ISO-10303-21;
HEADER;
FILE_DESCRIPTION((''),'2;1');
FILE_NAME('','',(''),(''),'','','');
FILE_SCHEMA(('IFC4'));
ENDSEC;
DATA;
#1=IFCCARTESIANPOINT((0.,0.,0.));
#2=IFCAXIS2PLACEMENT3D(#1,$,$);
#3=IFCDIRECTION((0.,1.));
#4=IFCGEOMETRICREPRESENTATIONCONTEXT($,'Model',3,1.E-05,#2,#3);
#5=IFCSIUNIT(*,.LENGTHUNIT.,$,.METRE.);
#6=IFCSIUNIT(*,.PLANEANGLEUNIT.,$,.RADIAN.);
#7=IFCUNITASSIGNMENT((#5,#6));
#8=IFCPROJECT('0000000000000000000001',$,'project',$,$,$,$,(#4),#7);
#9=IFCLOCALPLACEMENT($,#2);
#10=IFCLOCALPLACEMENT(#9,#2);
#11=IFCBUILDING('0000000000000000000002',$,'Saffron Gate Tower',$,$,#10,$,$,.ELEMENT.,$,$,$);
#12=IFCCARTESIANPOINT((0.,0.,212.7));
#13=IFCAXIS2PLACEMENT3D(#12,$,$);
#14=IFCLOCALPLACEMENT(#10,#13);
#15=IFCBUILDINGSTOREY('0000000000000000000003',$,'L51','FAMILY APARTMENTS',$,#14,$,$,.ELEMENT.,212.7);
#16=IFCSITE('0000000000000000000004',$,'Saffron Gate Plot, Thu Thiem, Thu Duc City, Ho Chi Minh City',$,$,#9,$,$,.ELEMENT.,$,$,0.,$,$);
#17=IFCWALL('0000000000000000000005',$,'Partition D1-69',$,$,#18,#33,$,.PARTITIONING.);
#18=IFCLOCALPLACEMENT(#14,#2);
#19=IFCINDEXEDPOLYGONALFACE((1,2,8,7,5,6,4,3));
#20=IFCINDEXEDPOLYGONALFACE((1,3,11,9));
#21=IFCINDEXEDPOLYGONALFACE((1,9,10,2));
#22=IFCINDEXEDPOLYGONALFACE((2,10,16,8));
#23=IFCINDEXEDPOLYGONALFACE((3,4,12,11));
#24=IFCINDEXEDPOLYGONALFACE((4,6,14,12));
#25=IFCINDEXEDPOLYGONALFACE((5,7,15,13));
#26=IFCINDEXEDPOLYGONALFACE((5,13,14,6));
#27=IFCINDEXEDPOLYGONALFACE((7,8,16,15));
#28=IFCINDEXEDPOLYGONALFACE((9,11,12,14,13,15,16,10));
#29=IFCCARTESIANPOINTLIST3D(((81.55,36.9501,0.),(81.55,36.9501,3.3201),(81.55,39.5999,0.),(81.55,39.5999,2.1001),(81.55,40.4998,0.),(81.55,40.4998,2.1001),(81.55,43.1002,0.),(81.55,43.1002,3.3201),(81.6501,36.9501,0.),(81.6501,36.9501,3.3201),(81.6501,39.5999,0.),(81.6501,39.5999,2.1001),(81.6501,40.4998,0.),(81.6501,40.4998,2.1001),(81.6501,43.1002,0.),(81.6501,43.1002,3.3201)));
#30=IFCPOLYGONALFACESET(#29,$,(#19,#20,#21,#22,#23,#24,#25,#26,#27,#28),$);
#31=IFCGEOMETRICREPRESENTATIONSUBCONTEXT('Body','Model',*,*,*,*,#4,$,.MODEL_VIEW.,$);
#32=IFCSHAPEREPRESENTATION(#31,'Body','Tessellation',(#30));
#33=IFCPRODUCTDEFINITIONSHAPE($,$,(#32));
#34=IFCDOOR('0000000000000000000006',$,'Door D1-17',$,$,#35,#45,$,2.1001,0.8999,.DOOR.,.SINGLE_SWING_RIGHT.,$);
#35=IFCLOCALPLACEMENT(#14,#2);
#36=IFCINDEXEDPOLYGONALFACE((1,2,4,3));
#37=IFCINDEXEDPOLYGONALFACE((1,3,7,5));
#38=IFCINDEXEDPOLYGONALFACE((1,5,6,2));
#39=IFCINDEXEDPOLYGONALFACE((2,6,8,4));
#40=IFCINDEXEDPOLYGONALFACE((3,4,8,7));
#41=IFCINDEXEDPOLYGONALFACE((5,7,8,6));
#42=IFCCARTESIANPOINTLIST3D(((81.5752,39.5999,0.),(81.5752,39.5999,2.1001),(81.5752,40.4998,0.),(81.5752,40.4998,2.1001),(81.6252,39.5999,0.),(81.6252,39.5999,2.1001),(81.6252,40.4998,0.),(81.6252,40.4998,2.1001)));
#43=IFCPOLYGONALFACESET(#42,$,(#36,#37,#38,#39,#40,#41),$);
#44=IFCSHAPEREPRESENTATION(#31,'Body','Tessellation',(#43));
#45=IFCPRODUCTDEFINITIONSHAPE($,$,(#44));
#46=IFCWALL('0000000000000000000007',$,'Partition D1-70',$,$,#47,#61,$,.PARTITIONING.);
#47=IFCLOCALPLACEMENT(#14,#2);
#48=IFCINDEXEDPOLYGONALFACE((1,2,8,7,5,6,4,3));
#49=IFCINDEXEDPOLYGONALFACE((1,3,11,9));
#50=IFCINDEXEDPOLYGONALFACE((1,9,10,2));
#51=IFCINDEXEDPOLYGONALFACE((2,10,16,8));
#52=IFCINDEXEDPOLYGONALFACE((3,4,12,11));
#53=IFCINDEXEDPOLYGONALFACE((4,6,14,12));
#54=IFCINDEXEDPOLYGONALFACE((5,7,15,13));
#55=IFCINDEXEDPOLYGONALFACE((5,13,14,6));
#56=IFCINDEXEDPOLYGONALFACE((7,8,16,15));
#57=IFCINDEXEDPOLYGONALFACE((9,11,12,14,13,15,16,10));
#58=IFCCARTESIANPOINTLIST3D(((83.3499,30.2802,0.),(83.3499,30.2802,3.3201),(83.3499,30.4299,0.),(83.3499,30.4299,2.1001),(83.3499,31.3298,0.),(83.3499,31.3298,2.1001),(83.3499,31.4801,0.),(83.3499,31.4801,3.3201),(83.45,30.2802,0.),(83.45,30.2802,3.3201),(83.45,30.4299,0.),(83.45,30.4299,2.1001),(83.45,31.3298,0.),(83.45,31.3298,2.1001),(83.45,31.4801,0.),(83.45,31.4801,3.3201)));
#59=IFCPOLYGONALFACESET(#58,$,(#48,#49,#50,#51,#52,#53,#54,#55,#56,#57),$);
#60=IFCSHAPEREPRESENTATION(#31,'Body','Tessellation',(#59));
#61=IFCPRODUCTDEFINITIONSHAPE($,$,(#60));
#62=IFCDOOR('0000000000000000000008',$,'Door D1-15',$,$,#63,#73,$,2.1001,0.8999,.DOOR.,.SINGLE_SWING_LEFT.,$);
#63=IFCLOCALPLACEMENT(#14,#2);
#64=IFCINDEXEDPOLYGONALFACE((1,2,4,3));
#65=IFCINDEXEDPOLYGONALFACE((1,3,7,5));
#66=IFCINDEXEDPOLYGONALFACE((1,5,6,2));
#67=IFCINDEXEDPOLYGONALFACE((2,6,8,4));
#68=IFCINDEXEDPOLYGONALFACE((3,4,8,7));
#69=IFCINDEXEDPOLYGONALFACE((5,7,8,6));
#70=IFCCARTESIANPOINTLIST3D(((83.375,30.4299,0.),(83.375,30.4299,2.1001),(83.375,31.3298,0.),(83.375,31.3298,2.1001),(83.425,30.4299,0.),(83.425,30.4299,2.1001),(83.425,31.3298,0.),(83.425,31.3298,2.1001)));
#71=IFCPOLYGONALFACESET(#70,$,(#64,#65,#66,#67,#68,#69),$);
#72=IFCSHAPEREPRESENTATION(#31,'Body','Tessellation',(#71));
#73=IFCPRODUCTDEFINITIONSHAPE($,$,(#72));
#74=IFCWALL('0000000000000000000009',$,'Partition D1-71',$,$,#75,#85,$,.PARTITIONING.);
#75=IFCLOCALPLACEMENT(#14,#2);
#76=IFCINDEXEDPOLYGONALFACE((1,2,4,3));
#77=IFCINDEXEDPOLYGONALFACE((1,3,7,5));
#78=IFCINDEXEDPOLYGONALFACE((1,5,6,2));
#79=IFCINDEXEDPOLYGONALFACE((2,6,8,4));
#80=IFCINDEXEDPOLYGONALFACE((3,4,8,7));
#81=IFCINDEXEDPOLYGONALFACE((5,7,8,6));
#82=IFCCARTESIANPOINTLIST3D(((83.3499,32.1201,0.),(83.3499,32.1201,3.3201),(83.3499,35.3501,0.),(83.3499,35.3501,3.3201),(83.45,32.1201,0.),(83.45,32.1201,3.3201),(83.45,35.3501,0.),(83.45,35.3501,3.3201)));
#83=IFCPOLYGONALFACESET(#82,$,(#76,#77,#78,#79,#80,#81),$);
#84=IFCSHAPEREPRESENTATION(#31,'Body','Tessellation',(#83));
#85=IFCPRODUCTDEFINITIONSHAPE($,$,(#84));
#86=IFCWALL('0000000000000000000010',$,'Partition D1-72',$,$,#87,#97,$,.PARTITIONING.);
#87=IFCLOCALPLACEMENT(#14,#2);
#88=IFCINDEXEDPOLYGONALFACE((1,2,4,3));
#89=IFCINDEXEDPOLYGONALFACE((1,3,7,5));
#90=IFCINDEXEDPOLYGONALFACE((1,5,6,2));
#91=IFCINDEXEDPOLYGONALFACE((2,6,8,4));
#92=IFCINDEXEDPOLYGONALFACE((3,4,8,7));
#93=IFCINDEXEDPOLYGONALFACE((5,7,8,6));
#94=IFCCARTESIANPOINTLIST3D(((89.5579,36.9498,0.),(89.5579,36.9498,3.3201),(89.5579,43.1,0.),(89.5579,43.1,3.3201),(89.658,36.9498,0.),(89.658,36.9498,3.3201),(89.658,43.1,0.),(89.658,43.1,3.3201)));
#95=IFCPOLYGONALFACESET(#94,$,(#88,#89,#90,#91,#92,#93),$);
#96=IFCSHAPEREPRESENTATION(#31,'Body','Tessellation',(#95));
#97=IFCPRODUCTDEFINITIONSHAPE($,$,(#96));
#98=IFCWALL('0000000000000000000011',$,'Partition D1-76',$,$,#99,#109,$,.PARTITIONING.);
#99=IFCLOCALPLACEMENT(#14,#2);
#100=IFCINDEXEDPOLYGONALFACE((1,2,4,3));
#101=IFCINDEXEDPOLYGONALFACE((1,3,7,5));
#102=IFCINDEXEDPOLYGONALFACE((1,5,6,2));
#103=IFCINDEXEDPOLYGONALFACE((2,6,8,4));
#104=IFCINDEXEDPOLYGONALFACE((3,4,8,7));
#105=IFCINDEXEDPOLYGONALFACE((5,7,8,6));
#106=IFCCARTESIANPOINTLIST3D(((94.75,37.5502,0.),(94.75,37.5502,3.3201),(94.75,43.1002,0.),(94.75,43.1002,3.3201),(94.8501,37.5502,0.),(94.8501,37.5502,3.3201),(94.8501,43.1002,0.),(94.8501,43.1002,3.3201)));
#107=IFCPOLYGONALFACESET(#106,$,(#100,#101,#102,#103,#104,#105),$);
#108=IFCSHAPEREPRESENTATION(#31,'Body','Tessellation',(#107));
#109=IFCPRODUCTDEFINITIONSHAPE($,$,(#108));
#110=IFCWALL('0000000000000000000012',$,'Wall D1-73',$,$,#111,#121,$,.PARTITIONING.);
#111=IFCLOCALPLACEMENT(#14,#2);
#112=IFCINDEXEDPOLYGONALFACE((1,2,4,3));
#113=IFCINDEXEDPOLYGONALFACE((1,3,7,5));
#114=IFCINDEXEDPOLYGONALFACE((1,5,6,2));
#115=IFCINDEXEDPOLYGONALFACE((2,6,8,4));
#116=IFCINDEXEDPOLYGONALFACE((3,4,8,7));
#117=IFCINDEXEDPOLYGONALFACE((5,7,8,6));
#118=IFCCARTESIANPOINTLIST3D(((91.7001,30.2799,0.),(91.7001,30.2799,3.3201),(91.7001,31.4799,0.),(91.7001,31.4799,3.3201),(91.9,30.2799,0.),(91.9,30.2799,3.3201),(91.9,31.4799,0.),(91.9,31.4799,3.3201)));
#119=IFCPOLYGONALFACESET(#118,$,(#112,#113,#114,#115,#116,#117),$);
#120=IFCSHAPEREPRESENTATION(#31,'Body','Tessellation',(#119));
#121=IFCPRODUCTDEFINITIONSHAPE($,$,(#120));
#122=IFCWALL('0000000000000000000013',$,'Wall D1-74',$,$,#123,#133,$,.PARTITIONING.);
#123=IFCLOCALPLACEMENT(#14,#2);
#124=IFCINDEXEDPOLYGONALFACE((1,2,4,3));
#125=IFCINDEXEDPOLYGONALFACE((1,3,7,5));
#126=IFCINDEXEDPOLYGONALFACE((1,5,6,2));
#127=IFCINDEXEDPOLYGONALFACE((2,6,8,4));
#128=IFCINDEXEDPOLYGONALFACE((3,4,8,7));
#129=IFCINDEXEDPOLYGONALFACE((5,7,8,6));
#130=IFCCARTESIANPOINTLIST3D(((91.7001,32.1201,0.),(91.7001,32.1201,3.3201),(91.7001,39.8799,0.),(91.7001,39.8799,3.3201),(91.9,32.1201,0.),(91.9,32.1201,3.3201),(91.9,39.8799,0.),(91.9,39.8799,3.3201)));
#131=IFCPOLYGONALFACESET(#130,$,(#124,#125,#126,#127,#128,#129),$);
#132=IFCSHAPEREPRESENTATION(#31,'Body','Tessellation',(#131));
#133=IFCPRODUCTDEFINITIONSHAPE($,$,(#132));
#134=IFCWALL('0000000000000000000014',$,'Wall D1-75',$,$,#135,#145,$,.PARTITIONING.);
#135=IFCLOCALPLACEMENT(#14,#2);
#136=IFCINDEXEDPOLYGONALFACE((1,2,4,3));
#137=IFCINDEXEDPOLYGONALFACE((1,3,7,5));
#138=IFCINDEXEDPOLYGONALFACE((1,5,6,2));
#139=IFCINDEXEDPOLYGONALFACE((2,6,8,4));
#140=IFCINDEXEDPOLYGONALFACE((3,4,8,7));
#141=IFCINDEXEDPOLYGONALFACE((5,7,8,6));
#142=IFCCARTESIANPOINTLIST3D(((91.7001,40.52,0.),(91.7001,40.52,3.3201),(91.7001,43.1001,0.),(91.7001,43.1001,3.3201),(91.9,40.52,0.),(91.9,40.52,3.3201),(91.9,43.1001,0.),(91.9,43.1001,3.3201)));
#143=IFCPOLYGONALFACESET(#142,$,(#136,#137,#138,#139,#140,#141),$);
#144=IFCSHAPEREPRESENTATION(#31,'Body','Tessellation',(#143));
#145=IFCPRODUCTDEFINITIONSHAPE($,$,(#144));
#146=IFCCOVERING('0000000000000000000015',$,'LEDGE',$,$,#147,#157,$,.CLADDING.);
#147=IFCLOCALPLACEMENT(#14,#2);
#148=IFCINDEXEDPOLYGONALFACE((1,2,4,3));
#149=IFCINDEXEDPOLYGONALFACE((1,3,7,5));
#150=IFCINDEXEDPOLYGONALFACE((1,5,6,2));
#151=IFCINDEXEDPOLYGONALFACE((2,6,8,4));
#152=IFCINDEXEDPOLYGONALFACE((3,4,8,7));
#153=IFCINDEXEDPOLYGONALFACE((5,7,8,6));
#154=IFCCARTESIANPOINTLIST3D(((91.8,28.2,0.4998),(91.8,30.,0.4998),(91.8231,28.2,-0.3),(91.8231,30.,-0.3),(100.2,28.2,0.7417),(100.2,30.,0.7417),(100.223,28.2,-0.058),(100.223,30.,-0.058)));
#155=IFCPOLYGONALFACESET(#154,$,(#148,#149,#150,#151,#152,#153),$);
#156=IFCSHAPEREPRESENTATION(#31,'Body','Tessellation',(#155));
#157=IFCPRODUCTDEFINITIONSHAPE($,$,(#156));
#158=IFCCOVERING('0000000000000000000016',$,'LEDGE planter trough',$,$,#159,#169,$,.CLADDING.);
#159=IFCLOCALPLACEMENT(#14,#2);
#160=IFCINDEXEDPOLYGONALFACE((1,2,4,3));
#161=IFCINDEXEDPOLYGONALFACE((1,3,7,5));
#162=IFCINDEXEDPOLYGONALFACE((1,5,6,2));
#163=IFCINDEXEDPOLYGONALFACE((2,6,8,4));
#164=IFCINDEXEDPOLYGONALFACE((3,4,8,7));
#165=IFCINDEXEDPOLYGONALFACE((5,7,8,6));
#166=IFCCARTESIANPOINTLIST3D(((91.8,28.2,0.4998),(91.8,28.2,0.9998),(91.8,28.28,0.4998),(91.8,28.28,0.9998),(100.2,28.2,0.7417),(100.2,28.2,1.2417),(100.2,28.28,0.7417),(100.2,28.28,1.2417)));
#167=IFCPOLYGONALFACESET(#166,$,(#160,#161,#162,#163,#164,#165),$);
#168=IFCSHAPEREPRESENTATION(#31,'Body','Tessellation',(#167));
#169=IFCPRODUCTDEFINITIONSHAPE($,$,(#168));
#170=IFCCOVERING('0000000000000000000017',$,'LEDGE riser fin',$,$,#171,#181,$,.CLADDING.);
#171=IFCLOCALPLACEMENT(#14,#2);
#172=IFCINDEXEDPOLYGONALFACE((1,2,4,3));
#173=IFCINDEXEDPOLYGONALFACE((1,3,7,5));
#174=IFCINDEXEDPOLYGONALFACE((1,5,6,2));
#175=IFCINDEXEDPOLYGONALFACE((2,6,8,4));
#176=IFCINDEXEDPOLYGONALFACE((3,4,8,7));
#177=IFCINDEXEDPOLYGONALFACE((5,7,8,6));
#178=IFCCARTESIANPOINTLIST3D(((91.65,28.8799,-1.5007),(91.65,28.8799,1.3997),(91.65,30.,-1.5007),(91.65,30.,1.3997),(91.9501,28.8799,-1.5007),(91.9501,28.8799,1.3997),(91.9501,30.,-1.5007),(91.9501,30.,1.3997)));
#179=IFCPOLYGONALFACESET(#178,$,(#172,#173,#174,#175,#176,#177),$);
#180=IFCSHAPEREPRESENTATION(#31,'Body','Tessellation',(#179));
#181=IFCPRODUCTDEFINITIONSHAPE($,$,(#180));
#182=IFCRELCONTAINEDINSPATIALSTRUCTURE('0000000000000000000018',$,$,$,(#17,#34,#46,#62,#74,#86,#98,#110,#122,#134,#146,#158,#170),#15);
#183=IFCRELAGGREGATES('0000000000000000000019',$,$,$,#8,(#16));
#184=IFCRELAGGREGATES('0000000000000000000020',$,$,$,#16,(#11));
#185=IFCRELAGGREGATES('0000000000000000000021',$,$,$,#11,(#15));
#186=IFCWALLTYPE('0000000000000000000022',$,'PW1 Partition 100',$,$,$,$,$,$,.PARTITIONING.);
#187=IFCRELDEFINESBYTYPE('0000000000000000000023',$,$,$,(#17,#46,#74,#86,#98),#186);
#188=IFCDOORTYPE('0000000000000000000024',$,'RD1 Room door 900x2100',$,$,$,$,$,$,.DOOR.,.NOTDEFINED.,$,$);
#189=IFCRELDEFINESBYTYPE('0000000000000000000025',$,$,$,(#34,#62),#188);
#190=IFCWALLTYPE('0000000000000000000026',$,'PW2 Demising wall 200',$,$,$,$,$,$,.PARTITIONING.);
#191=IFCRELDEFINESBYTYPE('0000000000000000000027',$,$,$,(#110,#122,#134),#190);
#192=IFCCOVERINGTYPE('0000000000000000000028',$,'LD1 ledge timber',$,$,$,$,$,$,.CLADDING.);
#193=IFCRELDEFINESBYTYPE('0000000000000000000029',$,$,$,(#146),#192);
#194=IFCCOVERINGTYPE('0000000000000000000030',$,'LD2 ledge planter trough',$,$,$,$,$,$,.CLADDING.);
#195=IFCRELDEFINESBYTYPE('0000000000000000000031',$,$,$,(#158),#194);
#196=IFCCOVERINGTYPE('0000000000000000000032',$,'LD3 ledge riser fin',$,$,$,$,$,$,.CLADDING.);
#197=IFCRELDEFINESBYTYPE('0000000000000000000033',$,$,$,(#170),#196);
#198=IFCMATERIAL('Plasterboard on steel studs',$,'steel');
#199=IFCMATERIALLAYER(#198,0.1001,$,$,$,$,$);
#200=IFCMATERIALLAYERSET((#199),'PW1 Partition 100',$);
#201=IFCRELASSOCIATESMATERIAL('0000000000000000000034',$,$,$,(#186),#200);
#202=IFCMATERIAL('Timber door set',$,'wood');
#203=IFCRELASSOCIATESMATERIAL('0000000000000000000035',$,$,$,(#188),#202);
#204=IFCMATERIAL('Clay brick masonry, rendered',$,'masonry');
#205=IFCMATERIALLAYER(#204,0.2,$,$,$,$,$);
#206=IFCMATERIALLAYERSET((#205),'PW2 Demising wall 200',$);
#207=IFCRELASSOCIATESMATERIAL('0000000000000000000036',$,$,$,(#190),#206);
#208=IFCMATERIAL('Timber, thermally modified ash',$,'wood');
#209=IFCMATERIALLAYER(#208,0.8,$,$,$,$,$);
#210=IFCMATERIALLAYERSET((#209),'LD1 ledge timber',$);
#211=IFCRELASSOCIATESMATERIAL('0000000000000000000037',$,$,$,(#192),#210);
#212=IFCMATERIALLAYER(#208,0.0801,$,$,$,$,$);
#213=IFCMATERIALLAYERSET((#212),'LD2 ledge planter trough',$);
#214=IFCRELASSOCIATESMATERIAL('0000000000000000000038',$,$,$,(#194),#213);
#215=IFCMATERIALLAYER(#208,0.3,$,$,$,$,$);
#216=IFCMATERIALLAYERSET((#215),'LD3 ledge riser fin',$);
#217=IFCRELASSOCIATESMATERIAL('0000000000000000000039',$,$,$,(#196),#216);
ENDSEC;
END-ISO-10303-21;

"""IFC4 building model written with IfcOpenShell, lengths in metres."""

from ifc_helpers import new_model, si_unit, direction, frame, frame_2d, origin, origin_2d, place, context, subcontext, project, spatial, polyline, rectangle, outline, extrude, material, layer, layer_set, type_object, element, fill, save


model = new_model("IFC4")

# Units and contexts
model_context = context("Model", 3, precision=1e-05, world=origin(), true_north=direction((0.0, 1.0)))
body_context = subcontext(model_context, "Body", "Model", "MODEL_VIEW")
ifc_project = project(units=[si_unit("LENGTHUNIT", "METRE"), si_unit("PLANEANGLEUNIT", "RADIAN")], contexts=[model_context])

# Site, building, storey
site_placement = place(None, origin())
site = spatial("IfcSite", under=ifc_project, at=site_placement, Name="Saffron Gate Plot, Thu Thiem, Thu Duc City, Ho Chi Minh City", CompositionType="ELEMENT", RefElevation=0.0)
building_placement = place(site_placement, origin())
building = spatial("IfcBuilding", under=site, at=building_placement, Name="Saffron Gate Tower", CompositionType="ELEMENT")
storey_placement = place(building_placement, frame((0.0, 0.0, 212.7)))
storey = spatial("IfcBuildingStorey", under=building, at=storey_placement, Name="L51", Description="FAMILY APARTMENTS", CompositionType="ELEMENT", Elevation=212.7)

# Shared definitions
ifc_material_1 = material(Name="Plasterboard on steel studs", Category="steel")
ifc_layer_1 = layer(ifc_material_1, 0.1001)
ifc_layer_set_1 = layer_set([ifc_layer_1], Name="PW1 Partition 100")
wall_type_1 = type_object("IfcWallType", Name="PW1 Partition 100", PredefinedType="PARTITIONING", material=ifc_layer_set_1)
ifc_material_2 = material(Name="Timber door set", Category="wood")
door_type_1 = type_object("IfcDoorType", Name="RD1 Room door 900x2100", OperationType="NOTDEFINED", PredefinedType="DOOR", material=ifc_material_2)

# Walls, openings, doors
wall_1_placement = place(storey_placement, frame((81.6001, 36.95, 0.0), z_axis=(0.0, 0.0, 1.0), x_axis=(0.0, 1.0, 0.0)))
wall_1 = element("IfcWall", 1, at=wall_1_placement, inside=storey, type_object=wall_type_1, Name="Partition D1-69", PredefinedType="PARTITIONING", context=body_context, shape_type="SweptSolid", body=[
    extrude(rectangle(XDim=6.1501, YDim=0.1001, at=frame_2d((3.0752, 0.0))), origin(), (0.0, 0.0, 1.0), 3.3201),
])
opening_1_placement = place(wall_1_placement, frame((2.6499, 0.0, 0.0)))
opening_1 = element("IfcOpeningElement", 2, at=opening_1_placement, cuts=wall_1, PredefinedType="OPENING", context=body_context, shape_type="SweptSolid", body=[
    extrude(rectangle(XDim=0.8999, YDim=2.1001, at=frame_2d((0.45, 1.05))), frame((0.0, 0.0601, 0.0), z_axis=(0.0, -1.0, 0.0), x_axis=(1.0, 0.0, 0.0)), (0.0, 0.0, 1.0), 0.1201),
])
door_1_placement = place(opening_1_placement, origin())
door_1 = element("IfcDoor", 3, at=door_1_placement, inside=storey, type_object=door_type_1, Name="Door D1-17", OperationType="SINGLE_SWING_RIGHT", OverallHeight=2.1001, OverallWidth=0.8999, PredefinedType="DOOR", context=body_context, shape_type="SweptSolid", body=[
    extrude(rectangle(XDim=0.8999, YDim=2.1001, at=frame_2d((0.45, 1.05))), frame((0.0, 0.0249, 0.0), z_axis=(0.0, -1.0, 0.0), x_axis=(1.0, 0.0, 0.0)), (0.0, 0.0, 1.0), 0.05),
])
fill(opening_1, door_1)
wall_2_placement = place(storey_placement, frame((83.3999, 30.28, 0.0), z_axis=(0.0, 0.0, 1.0), x_axis=(0.0, 1.0, 0.0)))
wall_2 = element("IfcWall", 4, at=wall_2_placement, inside=storey, type_object=wall_type_1, Name="Partition D1-70", PredefinedType="PARTITIONING", context=body_context, shape_type="SweptSolid", body=[
    extrude(rectangle(XDim=1.2, YDim=0.1001, at=frame_2d((0.6001, 0.0))), origin(), (0.0, 0.0, 1.0), 3.3201),
])
opening_2_placement = place(wall_2_placement, frame((0.1499, 0.0, 0.0)))
opening_2 = element("IfcOpeningElement", 5, at=opening_2_placement, cuts=wall_2, PredefinedType="OPENING", context=body_context, shape_type="SweptSolid", body=[
    extrude(rectangle(XDim=0.8999, YDim=2.1001, at=frame_2d((0.45, 1.05))), frame((0.0, 0.0601, 0.0), z_axis=(0.0, -1.0, 0.0), x_axis=(1.0, 0.0, 0.0)), (0.0, 0.0, 1.0), 0.1201),
])
door_2_placement = place(opening_2_placement, origin())
door_2 = element("IfcDoor", 6, at=door_2_placement, inside=storey, type_object=door_type_1, Name="Door D1-15", OperationType="SINGLE_SWING_LEFT", OverallHeight=2.1001, OverallWidth=0.8999, PredefinedType="DOOR", context=body_context, shape_type="SweptSolid", body=[
    extrude(rectangle(XDim=0.8999, YDim=2.1001, at=frame_2d((0.45, 1.05))), frame((0.0, 0.0249, 0.0), z_axis=(0.0, -1.0, 0.0), x_axis=(1.0, 0.0, 0.0)), (0.0, 0.0, 1.0), 0.05),
])
fill(opening_2, door_2)

# Walls
wall_3_placement = place(storey_placement, frame((83.3999, 35.3501, 0.0), z_axis=(0.0, 0.0, 1.0), x_axis=(0.0, -1.0, 0.0)))
element("IfcWall", 7, at=wall_3_placement, inside=storey, type_object=wall_type_1, Name="Partition D1-71", PredefinedType="PARTITIONING", context=body_context, shape_type="SweptSolid", body=[
    extrude(rectangle(XDim=3.23, YDim=0.1001, at=frame_2d((1.615, 0.0))), origin(), (0.0, 0.0, 1.0), 3.3201),
])
wall_4_placement = place(storey_placement, frame((89.6079, 43.1001, 0.0), z_axis=(0.0, 0.0, 1.0), x_axis=(0.0, -1.0, 0.0)))
element("IfcWall", 8, at=wall_4_placement, inside=storey, type_object=wall_type_1, Name="Partition D1-72", PredefinedType="PARTITIONING", context=body_context, shape_type="SweptSolid", body=[
    extrude(rectangle(XDim=6.1501, YDim=0.1001, at=frame_2d((3.0752, 0.0))), origin(), (0.0, 0.0, 1.0), 3.3201),
])
wall_5_placement = place(storey_placement, frame((94.8, 43.1001, 0.0), z_axis=(0.0, 0.0, 1.0), x_axis=(0.0, -1.0, 0.0)))
element("IfcWall", 9, at=wall_5_placement, inside=storey, type_object=wall_type_1, Name="Partition D1-76", PredefinedType="PARTITIONING", context=body_context, shape_type="SweptSolid", body=[
    extrude(rectangle(XDim=5.55, YDim=0.1001, at=frame_2d((2.7749, 0.0))), origin(), (0.0, 0.0, 1.0), 3.3201),
])
ifc_material_3 = material(Name="Clay brick masonry, rendered", Category="masonry")
ifc_layer_2 = layer(ifc_material_3, 0.2)
ifc_layer_set_2 = layer_set([ifc_layer_2], Name="PW2 Demising wall 200")
wall_type_2 = type_object("IfcWallType", Name="PW2 Demising wall 200", PredefinedType="PARTITIONING", material=ifc_layer_set_2)
wall_6_placement = place(storey_placement, frame((91.8, 31.48, 0.0), z_axis=(0.0, 0.0, 1.0), x_axis=(0.0, -1.0, 0.0)))
element("IfcWall", 10, at=wall_6_placement, inside=storey, type_object=wall_type_2, Name="Wall D1-73", PredefinedType="PARTITIONING", context=body_context, shape_type="SweptSolid", body=[
    extrude(rectangle(XDim=1.2, YDim=0.2, at=frame_2d((0.6001, 0.0))), origin(), (0.0, 0.0, 1.0), 3.3201),
])
wall_7_placement = place(storey_placement, frame((91.8, 39.8799, 0.0), z_axis=(0.0, 0.0, 1.0), x_axis=(0.0, -1.0, 0.0)))
element("IfcWall", 11, at=wall_7_placement, inside=storey, type_object=wall_type_2, Name="Wall D1-74", PredefinedType="PARTITIONING", context=body_context, shape_type="SweptSolid", body=[
    extrude(rectangle(XDim=7.7598, YDim=0.2, at=frame_2d((3.8799, 0.0))), origin(), (0.0, 0.0, 1.0), 3.3201),
])
wall_8_placement = place(storey_placement, frame((91.8, 43.1001, 0.0), z_axis=(0.0, 0.0, 1.0), x_axis=(0.0, -1.0, 0.0)))
element("IfcWall", 12, at=wall_8_placement, inside=storey, type_object=wall_type_2, Name="Wall D1-75", PredefinedType="PARTITIONING", context=body_context, shape_type="SweptSolid", body=[
    extrude(rectangle(XDim=2.5801, YDim=0.2, at=frame_2d((1.29, 0.0))), origin(), (0.0, 0.0, 1.0), 3.3201),
])

# Coverings
ifc_material_4 = material(Name="Timber, thermally modified ash", Category="wood")
ifc_layer_3 = layer(ifc_material_4, 0.8)
ifc_layer_set_3 = layer_set([ifc_layer_3], Name="LD1 ledge timber")
covering_type_1 = type_object("IfcCoveringType", Name="LD1 ledge timber", PredefinedType="CLADDING", material=ifc_layer_set_3)
covering_1_placement = place(storey_placement, frame((91.8, 30.0, 0.4998), z_axis=(-0.028791, 0.0, 0.999585), x_axis=(0.999585, 0.0, 0.028791)))
element("IfcCovering", 13, at=covering_1_placement, inside=storey, type_object=covering_type_1, Name="LEDGE", PredefinedType="CLADDING", context=body_context, shape_type="SweptSolid", body=[
    extrude(outline(polyline([(0.0, 0.0), (8.4034, 0.0), (8.4034, -1.8), (0.0, -1.8), (0.0, 0.0)])), origin(), (0.0, 0.0, -1.0), 0.8),
])
ifc_layer_4 = layer(ifc_material_4, 0.0801)
ifc_layer_set_4 = layer_set([ifc_layer_4], Name="LD2 ledge planter trough")
covering_type_2 = type_object("IfcCoveringType", Name="LD2 ledge planter trough", PredefinedType="CLADDING", material=ifc_layer_set_4)
covering_2_placement = place(storey_placement, frame((91.8, 28.2, 0.4998), z_axis=(0.0, -1.0, 0.0), x_axis=(0.999585, 0.0, 0.028791)))
element("IfcCovering", 14, at=covering_2_placement, inside=storey, type_object=covering_type_2, Name="LEDGE planter trough", PredefinedType="CLADDING", context=body_context, shape_type="SweptSolid", body=[
    extrude(outline(polyline([(0.0, 0.0), (8.4034, 0.0), (8.4178, 0.4998), (0.0144, 0.4998), (0.0, 0.0)])), origin(), (0.0, 0.0, -1.0), 0.0801),
])
ifc_layer_5 = layer(ifc_material_4, 0.3)
ifc_layer_set_5 = layer_set([ifc_layer_5], Name="LD3 ledge riser fin")
covering_type_3 = type_object("IfcCoveringType", Name="LD3 ledge riser fin", PredefinedType="CLADDING", material=ifc_layer_set_5)
covering_3_placement = place(storey_placement, frame((91.8, 29.4399, -1.5007), z_axis=(0.0, 0.0, 1.0), x_axis=(1.0, 0.0, 0.0)))
element("IfcCovering", 15, at=covering_3_placement, inside=storey, type_object=covering_type_3, Name="LEDGE riser fin", PredefinedType="CLADDING", context=body_context, shape_type="SweptSolid", body=[
    extrude(rectangle(XDim=0.3, YDim=1.1201, at=origin_2d()), origin(), (0.0, 0.0, 1.0), 2.9004),
])

save(model, "model.ifc")
